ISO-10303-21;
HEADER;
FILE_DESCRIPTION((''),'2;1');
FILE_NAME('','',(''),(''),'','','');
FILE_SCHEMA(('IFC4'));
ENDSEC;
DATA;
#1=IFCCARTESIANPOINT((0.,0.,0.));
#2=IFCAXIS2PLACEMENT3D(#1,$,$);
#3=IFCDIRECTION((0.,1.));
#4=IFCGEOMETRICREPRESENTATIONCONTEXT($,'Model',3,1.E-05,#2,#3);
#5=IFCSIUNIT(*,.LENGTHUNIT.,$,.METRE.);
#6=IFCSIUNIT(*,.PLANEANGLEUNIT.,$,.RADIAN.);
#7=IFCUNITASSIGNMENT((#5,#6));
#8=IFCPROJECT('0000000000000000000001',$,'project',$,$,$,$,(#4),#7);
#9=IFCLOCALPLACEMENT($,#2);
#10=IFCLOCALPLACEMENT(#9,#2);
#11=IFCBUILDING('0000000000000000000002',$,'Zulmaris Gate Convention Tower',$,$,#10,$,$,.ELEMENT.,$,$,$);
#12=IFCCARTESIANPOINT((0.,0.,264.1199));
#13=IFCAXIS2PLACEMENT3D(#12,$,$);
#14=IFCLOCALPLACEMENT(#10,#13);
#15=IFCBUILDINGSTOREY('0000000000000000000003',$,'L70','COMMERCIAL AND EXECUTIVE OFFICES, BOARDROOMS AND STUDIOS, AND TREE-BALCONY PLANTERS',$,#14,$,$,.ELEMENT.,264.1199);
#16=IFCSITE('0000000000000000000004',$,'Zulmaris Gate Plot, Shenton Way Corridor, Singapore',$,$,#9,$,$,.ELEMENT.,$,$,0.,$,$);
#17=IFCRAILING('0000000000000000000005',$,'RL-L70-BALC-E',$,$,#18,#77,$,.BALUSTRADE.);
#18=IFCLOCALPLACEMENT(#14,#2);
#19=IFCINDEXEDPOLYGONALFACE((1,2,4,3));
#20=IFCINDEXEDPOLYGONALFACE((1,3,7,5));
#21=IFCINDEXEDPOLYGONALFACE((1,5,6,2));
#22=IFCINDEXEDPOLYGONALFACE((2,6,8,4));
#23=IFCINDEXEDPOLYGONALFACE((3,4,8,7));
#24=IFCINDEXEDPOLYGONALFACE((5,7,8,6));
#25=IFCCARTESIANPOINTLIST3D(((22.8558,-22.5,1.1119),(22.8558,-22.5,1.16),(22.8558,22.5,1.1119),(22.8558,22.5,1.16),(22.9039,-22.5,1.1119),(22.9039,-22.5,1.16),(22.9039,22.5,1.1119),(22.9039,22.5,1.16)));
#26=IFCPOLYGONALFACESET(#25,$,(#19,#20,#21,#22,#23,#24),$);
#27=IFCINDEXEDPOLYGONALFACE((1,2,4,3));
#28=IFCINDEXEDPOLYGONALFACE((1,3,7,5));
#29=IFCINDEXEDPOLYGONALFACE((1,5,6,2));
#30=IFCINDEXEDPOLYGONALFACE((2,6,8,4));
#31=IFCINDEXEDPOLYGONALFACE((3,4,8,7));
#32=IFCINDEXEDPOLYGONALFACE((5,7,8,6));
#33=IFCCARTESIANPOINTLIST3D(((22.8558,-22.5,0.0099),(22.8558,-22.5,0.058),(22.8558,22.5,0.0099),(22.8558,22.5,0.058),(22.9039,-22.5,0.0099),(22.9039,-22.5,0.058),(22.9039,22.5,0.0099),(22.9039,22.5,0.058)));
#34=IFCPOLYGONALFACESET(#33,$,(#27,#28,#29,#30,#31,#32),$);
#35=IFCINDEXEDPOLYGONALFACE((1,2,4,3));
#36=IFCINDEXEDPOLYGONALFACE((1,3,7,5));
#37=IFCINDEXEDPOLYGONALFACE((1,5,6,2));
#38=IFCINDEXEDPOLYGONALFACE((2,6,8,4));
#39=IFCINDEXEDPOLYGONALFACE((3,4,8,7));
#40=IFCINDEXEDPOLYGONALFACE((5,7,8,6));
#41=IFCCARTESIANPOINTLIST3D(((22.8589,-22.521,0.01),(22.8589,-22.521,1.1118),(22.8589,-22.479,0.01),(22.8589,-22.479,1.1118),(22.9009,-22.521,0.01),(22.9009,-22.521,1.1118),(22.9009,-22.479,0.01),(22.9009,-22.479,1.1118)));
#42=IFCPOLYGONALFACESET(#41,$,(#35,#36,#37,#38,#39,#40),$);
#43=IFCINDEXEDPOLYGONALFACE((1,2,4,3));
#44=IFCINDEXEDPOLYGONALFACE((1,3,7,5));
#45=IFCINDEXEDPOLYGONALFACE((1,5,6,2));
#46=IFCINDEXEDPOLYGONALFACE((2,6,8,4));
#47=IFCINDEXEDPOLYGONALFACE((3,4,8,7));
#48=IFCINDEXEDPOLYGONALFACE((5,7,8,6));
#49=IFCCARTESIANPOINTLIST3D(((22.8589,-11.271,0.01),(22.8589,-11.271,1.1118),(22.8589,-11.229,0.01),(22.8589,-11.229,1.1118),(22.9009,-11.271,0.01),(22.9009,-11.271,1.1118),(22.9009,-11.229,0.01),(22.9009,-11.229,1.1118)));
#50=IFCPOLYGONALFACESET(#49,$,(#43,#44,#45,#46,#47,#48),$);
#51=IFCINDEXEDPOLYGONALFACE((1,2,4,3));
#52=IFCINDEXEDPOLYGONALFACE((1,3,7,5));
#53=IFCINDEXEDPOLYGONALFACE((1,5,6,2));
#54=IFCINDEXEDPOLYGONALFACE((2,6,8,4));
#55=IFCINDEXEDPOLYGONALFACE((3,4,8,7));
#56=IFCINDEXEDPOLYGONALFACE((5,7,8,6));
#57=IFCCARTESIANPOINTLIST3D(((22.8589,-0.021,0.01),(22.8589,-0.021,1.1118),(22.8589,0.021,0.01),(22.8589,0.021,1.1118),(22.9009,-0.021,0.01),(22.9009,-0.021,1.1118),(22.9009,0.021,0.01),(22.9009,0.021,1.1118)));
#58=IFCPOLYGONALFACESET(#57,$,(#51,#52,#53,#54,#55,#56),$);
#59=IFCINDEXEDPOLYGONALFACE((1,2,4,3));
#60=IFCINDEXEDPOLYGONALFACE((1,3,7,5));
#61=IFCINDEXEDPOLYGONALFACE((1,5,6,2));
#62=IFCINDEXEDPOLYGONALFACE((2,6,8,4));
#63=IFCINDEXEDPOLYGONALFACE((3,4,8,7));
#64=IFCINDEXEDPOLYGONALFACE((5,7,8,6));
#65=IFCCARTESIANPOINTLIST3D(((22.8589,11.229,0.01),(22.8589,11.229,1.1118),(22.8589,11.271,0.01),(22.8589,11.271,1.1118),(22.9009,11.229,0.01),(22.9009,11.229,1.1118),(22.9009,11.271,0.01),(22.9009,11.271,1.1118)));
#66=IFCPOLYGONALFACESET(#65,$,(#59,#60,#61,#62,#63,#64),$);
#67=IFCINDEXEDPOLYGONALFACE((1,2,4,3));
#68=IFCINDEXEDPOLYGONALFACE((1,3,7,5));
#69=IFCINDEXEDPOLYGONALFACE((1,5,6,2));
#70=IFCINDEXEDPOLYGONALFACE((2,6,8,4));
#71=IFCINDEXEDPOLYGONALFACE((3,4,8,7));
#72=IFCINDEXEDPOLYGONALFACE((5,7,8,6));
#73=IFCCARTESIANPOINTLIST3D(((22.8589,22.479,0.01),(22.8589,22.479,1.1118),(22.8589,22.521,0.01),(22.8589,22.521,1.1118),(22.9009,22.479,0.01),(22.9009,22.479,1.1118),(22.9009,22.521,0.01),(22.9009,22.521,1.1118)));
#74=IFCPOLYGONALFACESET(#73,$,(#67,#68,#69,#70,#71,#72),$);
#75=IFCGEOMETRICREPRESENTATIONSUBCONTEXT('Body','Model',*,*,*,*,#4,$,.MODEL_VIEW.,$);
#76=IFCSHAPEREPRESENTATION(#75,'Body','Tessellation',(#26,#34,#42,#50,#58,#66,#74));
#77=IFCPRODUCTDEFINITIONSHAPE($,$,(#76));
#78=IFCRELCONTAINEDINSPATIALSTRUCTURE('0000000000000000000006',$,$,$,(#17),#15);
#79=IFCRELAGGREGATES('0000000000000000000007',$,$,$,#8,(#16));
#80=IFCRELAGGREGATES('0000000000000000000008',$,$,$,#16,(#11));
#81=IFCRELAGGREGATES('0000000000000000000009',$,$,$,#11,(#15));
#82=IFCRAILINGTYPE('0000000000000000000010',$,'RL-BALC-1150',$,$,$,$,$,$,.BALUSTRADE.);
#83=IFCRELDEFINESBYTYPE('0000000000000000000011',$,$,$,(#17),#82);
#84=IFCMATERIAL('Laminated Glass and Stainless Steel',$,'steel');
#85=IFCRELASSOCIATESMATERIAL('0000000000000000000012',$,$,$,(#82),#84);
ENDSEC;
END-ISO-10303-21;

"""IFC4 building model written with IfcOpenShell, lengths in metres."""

from ifc_helpers import new_model, si_unit, direction, frame, origin, origin_2d, place, context, subcontext, project, spatial, rectangle, extrude, material, type_object, element, save


model = new_model("IFC4")

# Units and contexts
model_context = context("Model", 3, precision=1e-05, world=origin(), true_north=direction((0.0, 1.0)))
body_context = subcontext(model_context, "Body", "Model", "MODEL_VIEW")
ifc_project = project(units=[si_unit("LENGTHUNIT", "METRE"), si_unit("PLANEANGLEUNIT", "RADIAN")], contexts=[model_context])

# Site, building, storey
site_placement = place(None, origin())
site = spatial("IfcSite", under=ifc_project, at=site_placement, Name="Zulmaris Gate Plot, Shenton Way Corridor, Singapore", CompositionType="ELEMENT", RefElevation=0.0)
building_placement = place(site_placement, origin())
building = spatial("IfcBuilding", under=site, at=building_placement, Name="Zulmaris Gate Convention Tower", CompositionType="ELEMENT")
storey_placement = place(building_placement, frame((0.0, 0.0, 264.1199)))
storey = spatial("IfcBuildingStorey", under=building, at=storey_placement, Name="L70", Description="COMMERCIAL AND EXECUTIVE OFFICES, BOARDROOMS AND STUDIOS, AND TREE-BALCONY PLANTERS", CompositionType="ELEMENT", Elevation=264.1199)

# Railing
ifc_material_1 = material(Name="Laminated Glass and Stainless Steel", Category="steel")
railing_type = type_object("IfcRailingType", Name="RL-BALC-1150", PredefinedType="BALUSTRADE", material=ifc_material_1)
railing_placement = place(storey_placement, frame((22.8799, -22.5, 0.01)))
element("IfcRailing", 1, at=railing_placement, inside=storey, type_object=railing_type, Name="RL-L70-BALC-E", PredefinedType="BALUSTRADE", context=body_context, shape_type="SweptSolid", body=[
    extrude(rectangle(XDim=0.0481, YDim=0.0481, at=origin_2d()), frame((0.0, 0.0, 1.126), z_axis=(0.0, 1.0, 0.0), x_axis=(-1.0, 0.0, 0.0)), (0.0, 0.0, 1.0), 45.0),
    extrude(rectangle(XDim=0.0481, YDim=0.0481, at=origin_2d()), frame((0.0, 0.0, 0.0239), z_axis=(0.0, 1.0, 0.0), x_axis=(-1.0, 0.0, 0.0)), (0.0, 0.0, 1.0), 45.0),
    extrude(rectangle(XDim=0.042, YDim=0.042, at=origin_2d()), origin(), (0.0, 0.0, 1.0), 1.1018),
    extrude(rectangle(XDim=0.042, YDim=0.042, at=origin_2d()), frame((0.0, 11.25, 0.0)), (0.0, 0.0, 1.0), 1.1018),
    extrude(rectangle(XDim=0.042, YDim=0.042, at=origin_2d()), frame((0.0, 22.5, 0.0)), (0.0, 0.0, 1.0), 1.1018),
    extrude(rectangle(XDim=0.042, YDim=0.042, at=origin_2d()), frame((0.0, 33.75, 0.0)), (0.0, 0.0, 1.0), 1.1018),
    extrude(rectangle(XDim=0.042, YDim=0.042, at=origin_2d()), frame((0.0, 45.0, 0.0)), (0.0, 0.0, 1.0), 1.1018),
])

save(model, "model.ifc")
